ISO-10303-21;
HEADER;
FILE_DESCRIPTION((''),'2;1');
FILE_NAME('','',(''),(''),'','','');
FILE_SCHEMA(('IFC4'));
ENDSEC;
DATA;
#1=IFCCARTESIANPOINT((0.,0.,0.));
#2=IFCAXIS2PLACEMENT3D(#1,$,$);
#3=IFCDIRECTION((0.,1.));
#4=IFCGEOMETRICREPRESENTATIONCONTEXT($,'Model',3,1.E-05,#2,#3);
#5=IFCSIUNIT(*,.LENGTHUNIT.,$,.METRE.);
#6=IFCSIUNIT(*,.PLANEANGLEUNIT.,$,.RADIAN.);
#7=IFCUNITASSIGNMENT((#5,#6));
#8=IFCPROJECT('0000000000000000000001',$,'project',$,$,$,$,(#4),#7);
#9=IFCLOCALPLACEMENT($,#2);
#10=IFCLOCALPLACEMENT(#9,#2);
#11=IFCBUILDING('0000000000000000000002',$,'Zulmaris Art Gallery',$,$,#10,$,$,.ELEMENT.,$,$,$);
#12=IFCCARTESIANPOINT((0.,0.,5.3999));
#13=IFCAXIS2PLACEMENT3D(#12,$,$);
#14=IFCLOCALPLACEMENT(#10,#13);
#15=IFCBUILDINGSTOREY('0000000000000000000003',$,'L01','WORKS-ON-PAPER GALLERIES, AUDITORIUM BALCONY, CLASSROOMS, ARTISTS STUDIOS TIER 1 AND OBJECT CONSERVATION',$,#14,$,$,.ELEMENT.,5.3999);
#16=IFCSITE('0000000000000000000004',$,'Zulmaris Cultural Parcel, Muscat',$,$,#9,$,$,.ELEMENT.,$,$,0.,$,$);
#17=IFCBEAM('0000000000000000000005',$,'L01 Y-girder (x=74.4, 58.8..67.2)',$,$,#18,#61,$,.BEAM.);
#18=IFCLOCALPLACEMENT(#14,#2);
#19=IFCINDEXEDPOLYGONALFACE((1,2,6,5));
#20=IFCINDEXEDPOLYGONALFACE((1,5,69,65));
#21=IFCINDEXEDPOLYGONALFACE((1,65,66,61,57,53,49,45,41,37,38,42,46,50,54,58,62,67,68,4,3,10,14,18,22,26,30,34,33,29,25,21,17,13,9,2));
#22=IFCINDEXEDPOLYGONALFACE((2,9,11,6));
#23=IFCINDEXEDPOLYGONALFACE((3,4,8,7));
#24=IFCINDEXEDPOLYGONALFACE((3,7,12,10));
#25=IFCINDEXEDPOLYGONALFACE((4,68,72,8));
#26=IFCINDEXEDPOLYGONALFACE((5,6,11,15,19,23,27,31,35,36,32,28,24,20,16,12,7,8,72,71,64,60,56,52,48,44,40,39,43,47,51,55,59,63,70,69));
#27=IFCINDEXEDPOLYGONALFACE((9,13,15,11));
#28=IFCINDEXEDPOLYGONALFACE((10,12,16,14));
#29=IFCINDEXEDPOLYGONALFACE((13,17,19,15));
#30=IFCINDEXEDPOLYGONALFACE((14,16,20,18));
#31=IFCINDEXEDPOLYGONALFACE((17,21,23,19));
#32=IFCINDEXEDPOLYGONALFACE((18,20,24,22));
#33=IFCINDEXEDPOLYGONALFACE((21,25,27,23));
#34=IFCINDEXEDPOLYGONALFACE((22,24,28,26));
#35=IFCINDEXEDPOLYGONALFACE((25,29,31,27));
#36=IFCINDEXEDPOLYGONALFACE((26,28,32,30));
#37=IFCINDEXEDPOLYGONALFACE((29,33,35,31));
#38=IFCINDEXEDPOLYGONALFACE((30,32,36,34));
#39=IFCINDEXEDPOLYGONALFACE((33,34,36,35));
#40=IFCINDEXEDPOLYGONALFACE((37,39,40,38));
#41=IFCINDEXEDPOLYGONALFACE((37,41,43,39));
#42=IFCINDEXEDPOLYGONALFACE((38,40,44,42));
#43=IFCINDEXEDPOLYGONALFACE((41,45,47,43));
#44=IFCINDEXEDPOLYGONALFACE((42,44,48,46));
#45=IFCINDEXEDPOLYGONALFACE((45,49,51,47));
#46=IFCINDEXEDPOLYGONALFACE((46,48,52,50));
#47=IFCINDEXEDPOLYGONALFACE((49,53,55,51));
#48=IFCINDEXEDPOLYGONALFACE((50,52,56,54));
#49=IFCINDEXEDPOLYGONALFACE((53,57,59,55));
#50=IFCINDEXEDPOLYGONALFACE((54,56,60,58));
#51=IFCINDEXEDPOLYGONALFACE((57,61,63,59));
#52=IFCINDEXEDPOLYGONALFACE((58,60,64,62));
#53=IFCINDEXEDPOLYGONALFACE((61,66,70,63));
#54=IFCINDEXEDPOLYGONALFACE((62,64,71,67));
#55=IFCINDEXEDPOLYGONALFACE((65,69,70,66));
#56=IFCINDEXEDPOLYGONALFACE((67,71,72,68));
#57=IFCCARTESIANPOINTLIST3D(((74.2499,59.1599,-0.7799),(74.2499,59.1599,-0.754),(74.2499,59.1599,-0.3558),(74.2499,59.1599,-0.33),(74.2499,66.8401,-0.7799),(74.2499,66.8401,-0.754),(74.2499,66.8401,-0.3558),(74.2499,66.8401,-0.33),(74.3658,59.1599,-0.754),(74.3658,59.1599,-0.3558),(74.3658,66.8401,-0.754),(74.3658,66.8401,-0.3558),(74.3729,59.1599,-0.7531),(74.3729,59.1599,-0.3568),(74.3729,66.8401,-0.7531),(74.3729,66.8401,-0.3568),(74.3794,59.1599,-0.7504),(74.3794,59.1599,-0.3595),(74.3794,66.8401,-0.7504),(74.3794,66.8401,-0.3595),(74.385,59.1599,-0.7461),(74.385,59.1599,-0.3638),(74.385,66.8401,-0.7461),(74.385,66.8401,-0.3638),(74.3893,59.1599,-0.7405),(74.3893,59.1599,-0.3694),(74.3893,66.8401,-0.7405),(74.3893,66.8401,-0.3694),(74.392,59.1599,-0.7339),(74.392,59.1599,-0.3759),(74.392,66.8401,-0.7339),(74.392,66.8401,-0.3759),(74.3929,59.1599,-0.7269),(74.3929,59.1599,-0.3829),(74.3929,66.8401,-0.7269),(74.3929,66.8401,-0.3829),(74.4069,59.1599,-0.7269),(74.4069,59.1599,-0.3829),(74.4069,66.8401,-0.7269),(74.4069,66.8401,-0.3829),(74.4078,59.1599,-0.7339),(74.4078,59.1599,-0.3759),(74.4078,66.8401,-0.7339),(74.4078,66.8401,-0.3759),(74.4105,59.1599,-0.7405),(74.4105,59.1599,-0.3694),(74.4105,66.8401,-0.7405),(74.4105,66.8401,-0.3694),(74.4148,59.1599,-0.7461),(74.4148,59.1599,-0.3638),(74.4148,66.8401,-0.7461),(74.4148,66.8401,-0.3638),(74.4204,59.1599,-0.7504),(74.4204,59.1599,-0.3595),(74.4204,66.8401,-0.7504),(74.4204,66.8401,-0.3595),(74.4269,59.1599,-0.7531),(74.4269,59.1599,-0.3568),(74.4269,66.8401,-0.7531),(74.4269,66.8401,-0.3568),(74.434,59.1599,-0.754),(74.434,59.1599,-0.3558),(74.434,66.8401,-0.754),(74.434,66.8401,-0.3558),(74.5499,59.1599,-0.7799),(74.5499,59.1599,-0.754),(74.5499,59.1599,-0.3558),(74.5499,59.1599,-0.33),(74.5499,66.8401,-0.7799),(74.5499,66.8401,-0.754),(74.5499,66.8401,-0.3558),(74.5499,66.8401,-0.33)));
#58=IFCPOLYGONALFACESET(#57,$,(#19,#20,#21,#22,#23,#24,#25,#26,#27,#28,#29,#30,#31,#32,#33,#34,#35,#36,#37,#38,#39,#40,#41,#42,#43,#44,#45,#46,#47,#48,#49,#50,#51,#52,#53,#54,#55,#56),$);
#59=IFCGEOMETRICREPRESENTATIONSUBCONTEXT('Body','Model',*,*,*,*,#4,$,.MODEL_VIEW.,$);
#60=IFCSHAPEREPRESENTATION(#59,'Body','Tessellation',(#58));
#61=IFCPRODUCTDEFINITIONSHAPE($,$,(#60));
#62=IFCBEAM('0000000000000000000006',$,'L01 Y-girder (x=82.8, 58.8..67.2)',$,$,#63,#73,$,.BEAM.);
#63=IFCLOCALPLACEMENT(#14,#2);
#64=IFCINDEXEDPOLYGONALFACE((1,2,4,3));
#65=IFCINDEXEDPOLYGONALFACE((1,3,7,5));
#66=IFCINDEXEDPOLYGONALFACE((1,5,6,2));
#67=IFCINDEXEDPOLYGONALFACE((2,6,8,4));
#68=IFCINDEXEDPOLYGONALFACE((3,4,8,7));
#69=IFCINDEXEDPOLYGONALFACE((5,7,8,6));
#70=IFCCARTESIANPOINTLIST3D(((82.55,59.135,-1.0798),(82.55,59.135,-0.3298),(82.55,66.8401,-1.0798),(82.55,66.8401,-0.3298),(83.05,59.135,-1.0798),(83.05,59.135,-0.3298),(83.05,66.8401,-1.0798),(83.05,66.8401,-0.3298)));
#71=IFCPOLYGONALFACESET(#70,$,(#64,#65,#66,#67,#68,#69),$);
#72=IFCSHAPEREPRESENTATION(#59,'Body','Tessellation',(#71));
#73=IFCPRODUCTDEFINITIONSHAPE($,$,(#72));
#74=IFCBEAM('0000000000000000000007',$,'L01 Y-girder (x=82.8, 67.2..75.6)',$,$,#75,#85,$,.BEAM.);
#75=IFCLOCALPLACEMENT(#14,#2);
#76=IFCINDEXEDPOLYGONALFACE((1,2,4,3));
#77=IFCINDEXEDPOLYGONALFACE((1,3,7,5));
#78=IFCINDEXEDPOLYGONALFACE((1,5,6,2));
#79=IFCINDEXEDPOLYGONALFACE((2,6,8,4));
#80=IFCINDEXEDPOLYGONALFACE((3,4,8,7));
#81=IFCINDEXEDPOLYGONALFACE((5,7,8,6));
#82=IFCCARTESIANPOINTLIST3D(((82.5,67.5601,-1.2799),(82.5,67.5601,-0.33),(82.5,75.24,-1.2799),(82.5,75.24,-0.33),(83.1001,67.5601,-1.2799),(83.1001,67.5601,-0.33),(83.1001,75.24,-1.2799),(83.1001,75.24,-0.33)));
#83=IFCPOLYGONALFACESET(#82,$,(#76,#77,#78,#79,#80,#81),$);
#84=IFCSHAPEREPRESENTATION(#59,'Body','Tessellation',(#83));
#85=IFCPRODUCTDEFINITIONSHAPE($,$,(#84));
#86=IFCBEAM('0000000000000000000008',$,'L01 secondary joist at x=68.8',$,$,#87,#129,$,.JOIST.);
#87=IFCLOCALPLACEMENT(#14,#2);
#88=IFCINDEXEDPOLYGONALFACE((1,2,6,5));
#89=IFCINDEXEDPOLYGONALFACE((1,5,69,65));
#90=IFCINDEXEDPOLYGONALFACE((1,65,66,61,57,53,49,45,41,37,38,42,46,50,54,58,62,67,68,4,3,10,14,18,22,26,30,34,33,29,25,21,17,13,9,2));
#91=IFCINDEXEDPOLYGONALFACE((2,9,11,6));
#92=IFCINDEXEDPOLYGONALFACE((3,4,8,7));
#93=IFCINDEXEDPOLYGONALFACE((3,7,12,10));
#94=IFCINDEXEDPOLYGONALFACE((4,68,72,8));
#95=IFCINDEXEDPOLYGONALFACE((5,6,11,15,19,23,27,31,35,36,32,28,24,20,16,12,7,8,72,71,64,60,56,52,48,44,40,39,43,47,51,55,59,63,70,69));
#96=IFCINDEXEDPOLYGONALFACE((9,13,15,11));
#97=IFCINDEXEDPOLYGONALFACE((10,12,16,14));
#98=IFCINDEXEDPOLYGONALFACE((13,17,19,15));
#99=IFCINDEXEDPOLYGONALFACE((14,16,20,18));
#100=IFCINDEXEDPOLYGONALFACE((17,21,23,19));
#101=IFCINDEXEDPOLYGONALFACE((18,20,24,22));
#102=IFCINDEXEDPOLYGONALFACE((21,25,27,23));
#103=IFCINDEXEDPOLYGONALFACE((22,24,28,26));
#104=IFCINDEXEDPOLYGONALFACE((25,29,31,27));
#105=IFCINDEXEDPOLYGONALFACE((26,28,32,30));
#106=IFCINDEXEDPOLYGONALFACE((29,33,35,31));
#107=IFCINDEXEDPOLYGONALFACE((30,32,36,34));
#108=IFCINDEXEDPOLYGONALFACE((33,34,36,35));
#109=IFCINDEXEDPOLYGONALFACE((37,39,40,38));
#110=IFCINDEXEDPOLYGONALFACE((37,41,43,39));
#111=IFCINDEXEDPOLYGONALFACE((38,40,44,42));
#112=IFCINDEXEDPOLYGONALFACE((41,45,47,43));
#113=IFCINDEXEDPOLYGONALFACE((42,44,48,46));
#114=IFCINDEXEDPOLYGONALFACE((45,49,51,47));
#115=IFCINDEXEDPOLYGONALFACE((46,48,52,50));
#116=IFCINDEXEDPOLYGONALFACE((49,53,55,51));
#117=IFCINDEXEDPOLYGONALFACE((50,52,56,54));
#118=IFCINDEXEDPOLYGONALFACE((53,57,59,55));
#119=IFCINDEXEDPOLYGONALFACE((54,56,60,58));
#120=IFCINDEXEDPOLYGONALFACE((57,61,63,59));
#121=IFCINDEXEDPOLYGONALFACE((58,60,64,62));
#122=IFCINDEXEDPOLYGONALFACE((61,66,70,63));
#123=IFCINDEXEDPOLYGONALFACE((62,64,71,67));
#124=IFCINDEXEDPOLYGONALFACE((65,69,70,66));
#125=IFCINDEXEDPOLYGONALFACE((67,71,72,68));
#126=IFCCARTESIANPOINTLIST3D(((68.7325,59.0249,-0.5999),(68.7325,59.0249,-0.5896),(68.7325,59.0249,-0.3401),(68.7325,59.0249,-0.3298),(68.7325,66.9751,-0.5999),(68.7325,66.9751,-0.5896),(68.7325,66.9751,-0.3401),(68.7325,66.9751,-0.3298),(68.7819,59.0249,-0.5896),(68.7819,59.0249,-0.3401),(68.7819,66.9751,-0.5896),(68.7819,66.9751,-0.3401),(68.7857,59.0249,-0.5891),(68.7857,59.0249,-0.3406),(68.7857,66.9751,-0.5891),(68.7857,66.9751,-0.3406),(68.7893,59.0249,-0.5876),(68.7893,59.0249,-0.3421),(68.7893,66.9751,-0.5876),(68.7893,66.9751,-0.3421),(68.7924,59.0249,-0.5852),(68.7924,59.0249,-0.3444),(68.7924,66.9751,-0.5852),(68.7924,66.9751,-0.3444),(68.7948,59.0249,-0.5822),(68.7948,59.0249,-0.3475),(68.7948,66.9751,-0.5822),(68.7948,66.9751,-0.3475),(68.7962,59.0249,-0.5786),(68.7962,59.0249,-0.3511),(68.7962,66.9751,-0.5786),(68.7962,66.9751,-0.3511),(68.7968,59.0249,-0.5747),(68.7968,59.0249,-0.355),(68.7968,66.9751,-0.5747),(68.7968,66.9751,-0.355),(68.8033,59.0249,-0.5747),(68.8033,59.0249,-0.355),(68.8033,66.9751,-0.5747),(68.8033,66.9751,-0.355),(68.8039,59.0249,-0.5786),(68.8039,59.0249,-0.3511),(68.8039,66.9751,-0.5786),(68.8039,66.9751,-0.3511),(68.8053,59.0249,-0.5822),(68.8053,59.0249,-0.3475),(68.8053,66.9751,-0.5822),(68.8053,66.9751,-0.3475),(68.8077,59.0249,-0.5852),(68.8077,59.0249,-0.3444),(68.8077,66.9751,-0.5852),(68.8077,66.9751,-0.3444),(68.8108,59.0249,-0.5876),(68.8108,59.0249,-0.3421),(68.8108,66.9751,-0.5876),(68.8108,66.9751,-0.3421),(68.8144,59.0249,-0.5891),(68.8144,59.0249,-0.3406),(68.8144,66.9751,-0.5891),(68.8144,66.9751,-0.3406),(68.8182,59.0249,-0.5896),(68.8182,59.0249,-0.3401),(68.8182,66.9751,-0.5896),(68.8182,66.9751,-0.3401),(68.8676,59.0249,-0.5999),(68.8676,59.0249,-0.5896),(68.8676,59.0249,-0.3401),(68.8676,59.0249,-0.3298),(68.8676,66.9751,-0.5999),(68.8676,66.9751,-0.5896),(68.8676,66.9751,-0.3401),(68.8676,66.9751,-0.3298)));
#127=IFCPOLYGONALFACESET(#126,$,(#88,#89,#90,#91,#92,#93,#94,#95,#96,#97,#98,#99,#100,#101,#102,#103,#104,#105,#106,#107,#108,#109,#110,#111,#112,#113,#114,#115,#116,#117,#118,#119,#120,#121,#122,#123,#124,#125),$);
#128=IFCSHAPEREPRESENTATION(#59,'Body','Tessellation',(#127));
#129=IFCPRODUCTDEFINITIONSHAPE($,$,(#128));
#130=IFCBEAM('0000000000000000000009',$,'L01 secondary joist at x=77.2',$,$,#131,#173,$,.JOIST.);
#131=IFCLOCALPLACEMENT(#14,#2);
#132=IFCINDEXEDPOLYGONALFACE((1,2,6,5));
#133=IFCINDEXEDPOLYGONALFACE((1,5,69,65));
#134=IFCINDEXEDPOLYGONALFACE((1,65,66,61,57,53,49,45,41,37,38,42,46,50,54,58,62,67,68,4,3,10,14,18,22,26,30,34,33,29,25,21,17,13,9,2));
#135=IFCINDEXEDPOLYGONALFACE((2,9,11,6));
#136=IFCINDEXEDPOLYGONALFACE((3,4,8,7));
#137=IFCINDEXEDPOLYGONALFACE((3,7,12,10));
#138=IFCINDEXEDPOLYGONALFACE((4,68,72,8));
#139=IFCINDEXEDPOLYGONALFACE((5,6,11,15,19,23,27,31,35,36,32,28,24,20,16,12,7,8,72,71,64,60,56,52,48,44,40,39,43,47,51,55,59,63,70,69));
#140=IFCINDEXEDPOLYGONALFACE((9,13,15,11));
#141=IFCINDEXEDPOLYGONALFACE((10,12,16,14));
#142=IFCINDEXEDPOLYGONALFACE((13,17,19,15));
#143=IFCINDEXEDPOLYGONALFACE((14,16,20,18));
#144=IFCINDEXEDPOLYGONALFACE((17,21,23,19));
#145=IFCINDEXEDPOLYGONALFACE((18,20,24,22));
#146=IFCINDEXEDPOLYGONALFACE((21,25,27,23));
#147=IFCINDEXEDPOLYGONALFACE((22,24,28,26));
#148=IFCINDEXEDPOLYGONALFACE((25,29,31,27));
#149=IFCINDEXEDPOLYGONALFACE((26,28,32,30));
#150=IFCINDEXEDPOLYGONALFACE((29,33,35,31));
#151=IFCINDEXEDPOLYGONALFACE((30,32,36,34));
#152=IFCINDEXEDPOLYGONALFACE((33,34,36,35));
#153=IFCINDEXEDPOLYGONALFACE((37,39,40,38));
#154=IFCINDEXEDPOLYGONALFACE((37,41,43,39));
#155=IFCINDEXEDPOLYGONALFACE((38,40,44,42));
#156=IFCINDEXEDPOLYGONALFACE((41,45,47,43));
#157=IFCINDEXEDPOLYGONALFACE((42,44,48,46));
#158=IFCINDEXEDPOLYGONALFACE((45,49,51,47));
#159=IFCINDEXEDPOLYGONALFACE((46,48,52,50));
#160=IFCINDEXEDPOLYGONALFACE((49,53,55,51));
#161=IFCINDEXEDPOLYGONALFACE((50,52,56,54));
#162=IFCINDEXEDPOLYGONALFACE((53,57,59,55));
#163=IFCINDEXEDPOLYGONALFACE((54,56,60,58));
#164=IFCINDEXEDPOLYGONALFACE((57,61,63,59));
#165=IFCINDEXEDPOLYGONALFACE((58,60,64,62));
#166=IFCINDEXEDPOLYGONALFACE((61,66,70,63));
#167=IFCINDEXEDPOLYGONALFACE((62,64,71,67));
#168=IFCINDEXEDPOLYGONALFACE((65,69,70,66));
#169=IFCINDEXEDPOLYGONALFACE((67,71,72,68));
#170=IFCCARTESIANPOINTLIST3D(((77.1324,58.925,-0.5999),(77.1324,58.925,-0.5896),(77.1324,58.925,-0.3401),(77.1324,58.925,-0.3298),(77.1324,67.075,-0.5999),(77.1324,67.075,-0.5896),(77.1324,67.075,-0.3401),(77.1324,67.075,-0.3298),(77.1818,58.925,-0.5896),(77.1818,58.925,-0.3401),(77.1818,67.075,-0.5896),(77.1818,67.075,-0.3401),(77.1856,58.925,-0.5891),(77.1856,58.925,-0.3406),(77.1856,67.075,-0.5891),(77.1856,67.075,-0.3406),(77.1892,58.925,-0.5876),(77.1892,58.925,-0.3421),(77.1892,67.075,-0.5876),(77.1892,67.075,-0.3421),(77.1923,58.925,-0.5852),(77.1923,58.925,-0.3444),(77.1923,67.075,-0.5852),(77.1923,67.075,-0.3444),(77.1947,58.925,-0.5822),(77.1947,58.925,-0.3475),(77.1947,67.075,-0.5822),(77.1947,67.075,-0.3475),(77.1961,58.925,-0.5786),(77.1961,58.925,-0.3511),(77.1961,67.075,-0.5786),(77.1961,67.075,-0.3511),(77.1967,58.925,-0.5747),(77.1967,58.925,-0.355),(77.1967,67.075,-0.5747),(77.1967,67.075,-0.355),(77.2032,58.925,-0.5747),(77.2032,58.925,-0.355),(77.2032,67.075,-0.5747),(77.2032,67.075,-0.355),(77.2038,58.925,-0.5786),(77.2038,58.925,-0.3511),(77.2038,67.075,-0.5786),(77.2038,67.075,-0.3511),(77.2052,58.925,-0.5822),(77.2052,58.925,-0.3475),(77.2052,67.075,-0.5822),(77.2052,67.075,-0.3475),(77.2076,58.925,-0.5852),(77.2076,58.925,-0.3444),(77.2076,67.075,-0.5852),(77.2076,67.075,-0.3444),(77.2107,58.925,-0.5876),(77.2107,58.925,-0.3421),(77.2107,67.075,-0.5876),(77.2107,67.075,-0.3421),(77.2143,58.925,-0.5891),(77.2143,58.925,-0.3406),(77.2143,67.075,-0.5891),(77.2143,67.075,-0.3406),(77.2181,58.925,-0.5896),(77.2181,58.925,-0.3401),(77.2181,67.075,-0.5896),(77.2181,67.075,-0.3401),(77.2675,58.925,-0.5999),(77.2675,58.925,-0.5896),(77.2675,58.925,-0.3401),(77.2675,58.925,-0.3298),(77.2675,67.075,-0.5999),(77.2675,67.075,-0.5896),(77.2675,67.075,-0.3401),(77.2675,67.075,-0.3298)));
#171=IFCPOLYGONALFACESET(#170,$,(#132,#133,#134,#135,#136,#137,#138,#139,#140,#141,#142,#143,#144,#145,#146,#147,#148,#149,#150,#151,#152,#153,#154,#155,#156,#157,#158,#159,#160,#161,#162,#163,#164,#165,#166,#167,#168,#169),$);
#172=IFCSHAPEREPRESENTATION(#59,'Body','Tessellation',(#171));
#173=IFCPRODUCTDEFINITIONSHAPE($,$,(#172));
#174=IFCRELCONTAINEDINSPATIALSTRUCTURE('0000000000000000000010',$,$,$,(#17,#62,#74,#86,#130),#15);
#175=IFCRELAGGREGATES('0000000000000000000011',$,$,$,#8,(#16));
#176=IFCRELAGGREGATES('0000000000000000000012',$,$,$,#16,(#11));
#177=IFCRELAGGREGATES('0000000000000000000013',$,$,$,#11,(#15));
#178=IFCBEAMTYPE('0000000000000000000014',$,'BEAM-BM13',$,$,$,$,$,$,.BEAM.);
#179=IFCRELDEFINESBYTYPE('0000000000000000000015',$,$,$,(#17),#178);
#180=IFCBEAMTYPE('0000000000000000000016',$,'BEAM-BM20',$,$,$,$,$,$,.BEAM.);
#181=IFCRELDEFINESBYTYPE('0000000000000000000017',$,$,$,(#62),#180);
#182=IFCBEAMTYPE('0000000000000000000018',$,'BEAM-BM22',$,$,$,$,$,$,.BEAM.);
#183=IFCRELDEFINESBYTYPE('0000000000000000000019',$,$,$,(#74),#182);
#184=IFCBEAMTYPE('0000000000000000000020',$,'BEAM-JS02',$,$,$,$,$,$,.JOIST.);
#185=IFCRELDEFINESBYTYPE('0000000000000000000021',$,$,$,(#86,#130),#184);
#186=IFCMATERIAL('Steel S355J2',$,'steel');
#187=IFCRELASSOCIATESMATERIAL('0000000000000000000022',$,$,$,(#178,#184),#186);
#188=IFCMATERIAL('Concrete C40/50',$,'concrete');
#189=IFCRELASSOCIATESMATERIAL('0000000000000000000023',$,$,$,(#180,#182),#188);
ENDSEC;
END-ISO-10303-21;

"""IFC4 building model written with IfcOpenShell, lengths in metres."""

from ifc_helpers import new_model, si_unit, direction, frame, origin, origin_2d, place, context, subcontext, project, spatial, rectangle, i_section, extrude, material, material_profile, profile_set, type_object, element, save


model = new_model("IFC4")

# Units and contexts
model_context = context("Model", 3, precision=1e-05, world=origin(), true_north=direction((0.0, 1.0)))
body_context = subcontext(model_context, "Body", "Model", "MODEL_VIEW")
ifc_project = project(units=[si_unit("LENGTHUNIT", "METRE"), si_unit("PLANEANGLEUNIT", "RADIAN")], contexts=[model_context])

# Site, building, storey
site_placement = place(None, origin())
site = spatial("IfcSite", under=ifc_project, at=site_placement, Name="Zulmaris Cultural Parcel, Muscat", CompositionType="ELEMENT", RefElevation=0.0)
building_placement = place(site_placement, origin())
building = spatial("IfcBuilding", under=site, at=building_placement, Name="Zulmaris Art Gallery", CompositionType="ELEMENT")
storey_placement = place(building_placement, frame((0.0, 0.0, 5.3999)))
storey = spatial("IfcBuildingStorey", under=building, at=storey_placement, Name="L01", Description="WORKS-ON-PAPER GALLERIES, AUDITORIUM BALCONY, CLASSROOMS, ARTISTS STUDIOS TIER 1 AND OBJECT CONSERVATION", CompositionType="ELEMENT", Elevation=5.3999)

# Shared definitions
ifc_material_1 = material(Name="Concrete C40/50", Category="concrete")

# Beams
ifc_material_2 = material(Name="Steel S355J2", Category="steel")
ifc_material_profile_1 = material_profile(ifc_material_2, i_section(OverallWidth=0.3, OverallDepth=0.45, WebThickness=0.0139, FlangeThickness=0.0259, FilletRadius=0.0271, at=origin_2d()), Name="HEB 450")
ifc_profile_set_1 = profile_set([ifc_material_profile_1], Name="Steel S355J2")
beam_type_1 = type_object("IfcBeamType", Name="BEAM-BM13", PredefinedType="BEAM", material=ifc_profile_set_1)
beam_1_placement = place(storey_placement, frame((74.3999, 59.1599, -0.5549), z_axis=(0.0, 1.0, 0.0), x_axis=(-1.0, 0.0, 0.0)))
element("IfcBeam", 1, at=beam_1_placement, inside=storey, type_object=beam_type_1, Name="L01 Y-girder (x=74.4, 58.8..67.2)", PredefinedType="BEAM", context=body_context, shape_type="SweptSolid", body=[
    extrude(i_section(OverallWidth=0.3, OverallDepth=0.45, WebThickness=0.0139, FlangeThickness=0.0259, FilletRadius=0.0271, at=origin_2d()), origin(), (0.0, 0.0, 1.0), 7.6802),
])
ifc_material_profile_2 = material_profile(ifc_material_1, rectangle(XDim=0.5, YDim=0.75, at=origin_2d()), Name="RC 500x750")
ifc_profile_set_2 = profile_set([ifc_material_profile_2], Name="Concrete C40/50")
beam_type_2 = type_object("IfcBeamType", Name="BEAM-BM20", PredefinedType="BEAM", material=ifc_profile_set_2)
beam_2_placement = place(storey_placement, frame((82.8, 59.135, -0.7048), z_axis=(0.0, 1.0, 0.0), x_axis=(-1.0, 0.0, 0.0)))
element("IfcBeam", 2, at=beam_2_placement, inside=storey, type_object=beam_type_2, Name="L01 Y-girder (x=82.8, 58.8..67.2)", PredefinedType="BEAM", context=body_context, shape_type="SweptSolid", body=[
    extrude(rectangle(XDim=0.5, YDim=0.75, at=origin_2d()), origin(), (0.0, 0.0, 1.0), 7.7051),
])
ifc_material_profile_3 = material_profile(ifc_material_1, rectangle(XDim=0.6001, YDim=0.95, at=origin_2d()), Name="RC 600x950")
ifc_profile_set_3 = profile_set([ifc_material_profile_3], Name="Concrete C40/50")
beam_type_3 = type_object("IfcBeamType", Name="BEAM-BM22", PredefinedType="BEAM", material=ifc_profile_set_3)
beam_3_placement = place(storey_placement, frame((82.8, 67.5601, -0.8049), z_axis=(0.0, 1.0, 0.0), x_axis=(-1.0, 0.0, 0.0)))
element("IfcBeam", 3, at=beam_3_placement, inside=storey, type_object=beam_type_3, Name="L01 Y-girder (x=82.8, 67.2..75.6)", PredefinedType="BEAM", context=body_context, shape_type="SweptSolid", body=[
    extrude(rectangle(XDim=0.6001, YDim=0.95, at=origin_2d()), origin(), (0.0, 0.0, 1.0), 7.6799),
])
ifc_material_profile_4 = material_profile(ifc_material_2, i_section(OverallWidth=0.135, OverallDepth=0.27, WebThickness=0.0066, FlangeThickness=0.0103, FilletRadius=0.0149, at=origin_2d()), Name="IPE 270")
ifc_profile_set_4 = profile_set([ifc_material_profile_4], Name="Steel S355J2")
beam_type_4 = type_object("IfcBeamType", Name="BEAM-JS02", PredefinedType="JOIST", material=ifc_profile_set_4)
beam_4_placement = place(storey_placement, frame((68.8, 59.0249, -0.4648), z_axis=(0.0, 1.0, 0.0), x_axis=(-1.0, 0.0, 0.0)))
element("IfcBeam", 4, at=beam_4_placement, inside=storey, type_object=beam_type_4, Name="L01 secondary joist at x=68.8", PredefinedType="JOIST", context=body_context, shape_type="SweptSolid", body=[
    extrude(i_section(OverallWidth=0.135, OverallDepth=0.27, WebThickness=0.0066, FlangeThickness=0.0103, FilletRadius=0.0149, at=origin_2d()), origin(), (0.0, 0.0, 1.0), 7.9502),
])
beam_5_placement = place(storey_placement, frame((77.2, 58.925, -0.4648), z_axis=(0.0, 1.0, 0.0), x_axis=(-1.0, 0.0, 0.0)))
element("IfcBeam", 5, at=beam_5_placement, inside=storey, type_object=beam_type_4, Name="L01 secondary joist at x=77.2", PredefinedType="JOIST", context=body_context, shape_type="SweptSolid", body=[
    extrude(i_section(OverallWidth=0.135, OverallDepth=0.27, WebThickness=0.0066, FlangeThickness=0.0103, FilletRadius=0.0149, at=origin_2d()), origin(), (0.0, 0.0, 1.0), 8.1499),
])

save(model, "model.ifc")
